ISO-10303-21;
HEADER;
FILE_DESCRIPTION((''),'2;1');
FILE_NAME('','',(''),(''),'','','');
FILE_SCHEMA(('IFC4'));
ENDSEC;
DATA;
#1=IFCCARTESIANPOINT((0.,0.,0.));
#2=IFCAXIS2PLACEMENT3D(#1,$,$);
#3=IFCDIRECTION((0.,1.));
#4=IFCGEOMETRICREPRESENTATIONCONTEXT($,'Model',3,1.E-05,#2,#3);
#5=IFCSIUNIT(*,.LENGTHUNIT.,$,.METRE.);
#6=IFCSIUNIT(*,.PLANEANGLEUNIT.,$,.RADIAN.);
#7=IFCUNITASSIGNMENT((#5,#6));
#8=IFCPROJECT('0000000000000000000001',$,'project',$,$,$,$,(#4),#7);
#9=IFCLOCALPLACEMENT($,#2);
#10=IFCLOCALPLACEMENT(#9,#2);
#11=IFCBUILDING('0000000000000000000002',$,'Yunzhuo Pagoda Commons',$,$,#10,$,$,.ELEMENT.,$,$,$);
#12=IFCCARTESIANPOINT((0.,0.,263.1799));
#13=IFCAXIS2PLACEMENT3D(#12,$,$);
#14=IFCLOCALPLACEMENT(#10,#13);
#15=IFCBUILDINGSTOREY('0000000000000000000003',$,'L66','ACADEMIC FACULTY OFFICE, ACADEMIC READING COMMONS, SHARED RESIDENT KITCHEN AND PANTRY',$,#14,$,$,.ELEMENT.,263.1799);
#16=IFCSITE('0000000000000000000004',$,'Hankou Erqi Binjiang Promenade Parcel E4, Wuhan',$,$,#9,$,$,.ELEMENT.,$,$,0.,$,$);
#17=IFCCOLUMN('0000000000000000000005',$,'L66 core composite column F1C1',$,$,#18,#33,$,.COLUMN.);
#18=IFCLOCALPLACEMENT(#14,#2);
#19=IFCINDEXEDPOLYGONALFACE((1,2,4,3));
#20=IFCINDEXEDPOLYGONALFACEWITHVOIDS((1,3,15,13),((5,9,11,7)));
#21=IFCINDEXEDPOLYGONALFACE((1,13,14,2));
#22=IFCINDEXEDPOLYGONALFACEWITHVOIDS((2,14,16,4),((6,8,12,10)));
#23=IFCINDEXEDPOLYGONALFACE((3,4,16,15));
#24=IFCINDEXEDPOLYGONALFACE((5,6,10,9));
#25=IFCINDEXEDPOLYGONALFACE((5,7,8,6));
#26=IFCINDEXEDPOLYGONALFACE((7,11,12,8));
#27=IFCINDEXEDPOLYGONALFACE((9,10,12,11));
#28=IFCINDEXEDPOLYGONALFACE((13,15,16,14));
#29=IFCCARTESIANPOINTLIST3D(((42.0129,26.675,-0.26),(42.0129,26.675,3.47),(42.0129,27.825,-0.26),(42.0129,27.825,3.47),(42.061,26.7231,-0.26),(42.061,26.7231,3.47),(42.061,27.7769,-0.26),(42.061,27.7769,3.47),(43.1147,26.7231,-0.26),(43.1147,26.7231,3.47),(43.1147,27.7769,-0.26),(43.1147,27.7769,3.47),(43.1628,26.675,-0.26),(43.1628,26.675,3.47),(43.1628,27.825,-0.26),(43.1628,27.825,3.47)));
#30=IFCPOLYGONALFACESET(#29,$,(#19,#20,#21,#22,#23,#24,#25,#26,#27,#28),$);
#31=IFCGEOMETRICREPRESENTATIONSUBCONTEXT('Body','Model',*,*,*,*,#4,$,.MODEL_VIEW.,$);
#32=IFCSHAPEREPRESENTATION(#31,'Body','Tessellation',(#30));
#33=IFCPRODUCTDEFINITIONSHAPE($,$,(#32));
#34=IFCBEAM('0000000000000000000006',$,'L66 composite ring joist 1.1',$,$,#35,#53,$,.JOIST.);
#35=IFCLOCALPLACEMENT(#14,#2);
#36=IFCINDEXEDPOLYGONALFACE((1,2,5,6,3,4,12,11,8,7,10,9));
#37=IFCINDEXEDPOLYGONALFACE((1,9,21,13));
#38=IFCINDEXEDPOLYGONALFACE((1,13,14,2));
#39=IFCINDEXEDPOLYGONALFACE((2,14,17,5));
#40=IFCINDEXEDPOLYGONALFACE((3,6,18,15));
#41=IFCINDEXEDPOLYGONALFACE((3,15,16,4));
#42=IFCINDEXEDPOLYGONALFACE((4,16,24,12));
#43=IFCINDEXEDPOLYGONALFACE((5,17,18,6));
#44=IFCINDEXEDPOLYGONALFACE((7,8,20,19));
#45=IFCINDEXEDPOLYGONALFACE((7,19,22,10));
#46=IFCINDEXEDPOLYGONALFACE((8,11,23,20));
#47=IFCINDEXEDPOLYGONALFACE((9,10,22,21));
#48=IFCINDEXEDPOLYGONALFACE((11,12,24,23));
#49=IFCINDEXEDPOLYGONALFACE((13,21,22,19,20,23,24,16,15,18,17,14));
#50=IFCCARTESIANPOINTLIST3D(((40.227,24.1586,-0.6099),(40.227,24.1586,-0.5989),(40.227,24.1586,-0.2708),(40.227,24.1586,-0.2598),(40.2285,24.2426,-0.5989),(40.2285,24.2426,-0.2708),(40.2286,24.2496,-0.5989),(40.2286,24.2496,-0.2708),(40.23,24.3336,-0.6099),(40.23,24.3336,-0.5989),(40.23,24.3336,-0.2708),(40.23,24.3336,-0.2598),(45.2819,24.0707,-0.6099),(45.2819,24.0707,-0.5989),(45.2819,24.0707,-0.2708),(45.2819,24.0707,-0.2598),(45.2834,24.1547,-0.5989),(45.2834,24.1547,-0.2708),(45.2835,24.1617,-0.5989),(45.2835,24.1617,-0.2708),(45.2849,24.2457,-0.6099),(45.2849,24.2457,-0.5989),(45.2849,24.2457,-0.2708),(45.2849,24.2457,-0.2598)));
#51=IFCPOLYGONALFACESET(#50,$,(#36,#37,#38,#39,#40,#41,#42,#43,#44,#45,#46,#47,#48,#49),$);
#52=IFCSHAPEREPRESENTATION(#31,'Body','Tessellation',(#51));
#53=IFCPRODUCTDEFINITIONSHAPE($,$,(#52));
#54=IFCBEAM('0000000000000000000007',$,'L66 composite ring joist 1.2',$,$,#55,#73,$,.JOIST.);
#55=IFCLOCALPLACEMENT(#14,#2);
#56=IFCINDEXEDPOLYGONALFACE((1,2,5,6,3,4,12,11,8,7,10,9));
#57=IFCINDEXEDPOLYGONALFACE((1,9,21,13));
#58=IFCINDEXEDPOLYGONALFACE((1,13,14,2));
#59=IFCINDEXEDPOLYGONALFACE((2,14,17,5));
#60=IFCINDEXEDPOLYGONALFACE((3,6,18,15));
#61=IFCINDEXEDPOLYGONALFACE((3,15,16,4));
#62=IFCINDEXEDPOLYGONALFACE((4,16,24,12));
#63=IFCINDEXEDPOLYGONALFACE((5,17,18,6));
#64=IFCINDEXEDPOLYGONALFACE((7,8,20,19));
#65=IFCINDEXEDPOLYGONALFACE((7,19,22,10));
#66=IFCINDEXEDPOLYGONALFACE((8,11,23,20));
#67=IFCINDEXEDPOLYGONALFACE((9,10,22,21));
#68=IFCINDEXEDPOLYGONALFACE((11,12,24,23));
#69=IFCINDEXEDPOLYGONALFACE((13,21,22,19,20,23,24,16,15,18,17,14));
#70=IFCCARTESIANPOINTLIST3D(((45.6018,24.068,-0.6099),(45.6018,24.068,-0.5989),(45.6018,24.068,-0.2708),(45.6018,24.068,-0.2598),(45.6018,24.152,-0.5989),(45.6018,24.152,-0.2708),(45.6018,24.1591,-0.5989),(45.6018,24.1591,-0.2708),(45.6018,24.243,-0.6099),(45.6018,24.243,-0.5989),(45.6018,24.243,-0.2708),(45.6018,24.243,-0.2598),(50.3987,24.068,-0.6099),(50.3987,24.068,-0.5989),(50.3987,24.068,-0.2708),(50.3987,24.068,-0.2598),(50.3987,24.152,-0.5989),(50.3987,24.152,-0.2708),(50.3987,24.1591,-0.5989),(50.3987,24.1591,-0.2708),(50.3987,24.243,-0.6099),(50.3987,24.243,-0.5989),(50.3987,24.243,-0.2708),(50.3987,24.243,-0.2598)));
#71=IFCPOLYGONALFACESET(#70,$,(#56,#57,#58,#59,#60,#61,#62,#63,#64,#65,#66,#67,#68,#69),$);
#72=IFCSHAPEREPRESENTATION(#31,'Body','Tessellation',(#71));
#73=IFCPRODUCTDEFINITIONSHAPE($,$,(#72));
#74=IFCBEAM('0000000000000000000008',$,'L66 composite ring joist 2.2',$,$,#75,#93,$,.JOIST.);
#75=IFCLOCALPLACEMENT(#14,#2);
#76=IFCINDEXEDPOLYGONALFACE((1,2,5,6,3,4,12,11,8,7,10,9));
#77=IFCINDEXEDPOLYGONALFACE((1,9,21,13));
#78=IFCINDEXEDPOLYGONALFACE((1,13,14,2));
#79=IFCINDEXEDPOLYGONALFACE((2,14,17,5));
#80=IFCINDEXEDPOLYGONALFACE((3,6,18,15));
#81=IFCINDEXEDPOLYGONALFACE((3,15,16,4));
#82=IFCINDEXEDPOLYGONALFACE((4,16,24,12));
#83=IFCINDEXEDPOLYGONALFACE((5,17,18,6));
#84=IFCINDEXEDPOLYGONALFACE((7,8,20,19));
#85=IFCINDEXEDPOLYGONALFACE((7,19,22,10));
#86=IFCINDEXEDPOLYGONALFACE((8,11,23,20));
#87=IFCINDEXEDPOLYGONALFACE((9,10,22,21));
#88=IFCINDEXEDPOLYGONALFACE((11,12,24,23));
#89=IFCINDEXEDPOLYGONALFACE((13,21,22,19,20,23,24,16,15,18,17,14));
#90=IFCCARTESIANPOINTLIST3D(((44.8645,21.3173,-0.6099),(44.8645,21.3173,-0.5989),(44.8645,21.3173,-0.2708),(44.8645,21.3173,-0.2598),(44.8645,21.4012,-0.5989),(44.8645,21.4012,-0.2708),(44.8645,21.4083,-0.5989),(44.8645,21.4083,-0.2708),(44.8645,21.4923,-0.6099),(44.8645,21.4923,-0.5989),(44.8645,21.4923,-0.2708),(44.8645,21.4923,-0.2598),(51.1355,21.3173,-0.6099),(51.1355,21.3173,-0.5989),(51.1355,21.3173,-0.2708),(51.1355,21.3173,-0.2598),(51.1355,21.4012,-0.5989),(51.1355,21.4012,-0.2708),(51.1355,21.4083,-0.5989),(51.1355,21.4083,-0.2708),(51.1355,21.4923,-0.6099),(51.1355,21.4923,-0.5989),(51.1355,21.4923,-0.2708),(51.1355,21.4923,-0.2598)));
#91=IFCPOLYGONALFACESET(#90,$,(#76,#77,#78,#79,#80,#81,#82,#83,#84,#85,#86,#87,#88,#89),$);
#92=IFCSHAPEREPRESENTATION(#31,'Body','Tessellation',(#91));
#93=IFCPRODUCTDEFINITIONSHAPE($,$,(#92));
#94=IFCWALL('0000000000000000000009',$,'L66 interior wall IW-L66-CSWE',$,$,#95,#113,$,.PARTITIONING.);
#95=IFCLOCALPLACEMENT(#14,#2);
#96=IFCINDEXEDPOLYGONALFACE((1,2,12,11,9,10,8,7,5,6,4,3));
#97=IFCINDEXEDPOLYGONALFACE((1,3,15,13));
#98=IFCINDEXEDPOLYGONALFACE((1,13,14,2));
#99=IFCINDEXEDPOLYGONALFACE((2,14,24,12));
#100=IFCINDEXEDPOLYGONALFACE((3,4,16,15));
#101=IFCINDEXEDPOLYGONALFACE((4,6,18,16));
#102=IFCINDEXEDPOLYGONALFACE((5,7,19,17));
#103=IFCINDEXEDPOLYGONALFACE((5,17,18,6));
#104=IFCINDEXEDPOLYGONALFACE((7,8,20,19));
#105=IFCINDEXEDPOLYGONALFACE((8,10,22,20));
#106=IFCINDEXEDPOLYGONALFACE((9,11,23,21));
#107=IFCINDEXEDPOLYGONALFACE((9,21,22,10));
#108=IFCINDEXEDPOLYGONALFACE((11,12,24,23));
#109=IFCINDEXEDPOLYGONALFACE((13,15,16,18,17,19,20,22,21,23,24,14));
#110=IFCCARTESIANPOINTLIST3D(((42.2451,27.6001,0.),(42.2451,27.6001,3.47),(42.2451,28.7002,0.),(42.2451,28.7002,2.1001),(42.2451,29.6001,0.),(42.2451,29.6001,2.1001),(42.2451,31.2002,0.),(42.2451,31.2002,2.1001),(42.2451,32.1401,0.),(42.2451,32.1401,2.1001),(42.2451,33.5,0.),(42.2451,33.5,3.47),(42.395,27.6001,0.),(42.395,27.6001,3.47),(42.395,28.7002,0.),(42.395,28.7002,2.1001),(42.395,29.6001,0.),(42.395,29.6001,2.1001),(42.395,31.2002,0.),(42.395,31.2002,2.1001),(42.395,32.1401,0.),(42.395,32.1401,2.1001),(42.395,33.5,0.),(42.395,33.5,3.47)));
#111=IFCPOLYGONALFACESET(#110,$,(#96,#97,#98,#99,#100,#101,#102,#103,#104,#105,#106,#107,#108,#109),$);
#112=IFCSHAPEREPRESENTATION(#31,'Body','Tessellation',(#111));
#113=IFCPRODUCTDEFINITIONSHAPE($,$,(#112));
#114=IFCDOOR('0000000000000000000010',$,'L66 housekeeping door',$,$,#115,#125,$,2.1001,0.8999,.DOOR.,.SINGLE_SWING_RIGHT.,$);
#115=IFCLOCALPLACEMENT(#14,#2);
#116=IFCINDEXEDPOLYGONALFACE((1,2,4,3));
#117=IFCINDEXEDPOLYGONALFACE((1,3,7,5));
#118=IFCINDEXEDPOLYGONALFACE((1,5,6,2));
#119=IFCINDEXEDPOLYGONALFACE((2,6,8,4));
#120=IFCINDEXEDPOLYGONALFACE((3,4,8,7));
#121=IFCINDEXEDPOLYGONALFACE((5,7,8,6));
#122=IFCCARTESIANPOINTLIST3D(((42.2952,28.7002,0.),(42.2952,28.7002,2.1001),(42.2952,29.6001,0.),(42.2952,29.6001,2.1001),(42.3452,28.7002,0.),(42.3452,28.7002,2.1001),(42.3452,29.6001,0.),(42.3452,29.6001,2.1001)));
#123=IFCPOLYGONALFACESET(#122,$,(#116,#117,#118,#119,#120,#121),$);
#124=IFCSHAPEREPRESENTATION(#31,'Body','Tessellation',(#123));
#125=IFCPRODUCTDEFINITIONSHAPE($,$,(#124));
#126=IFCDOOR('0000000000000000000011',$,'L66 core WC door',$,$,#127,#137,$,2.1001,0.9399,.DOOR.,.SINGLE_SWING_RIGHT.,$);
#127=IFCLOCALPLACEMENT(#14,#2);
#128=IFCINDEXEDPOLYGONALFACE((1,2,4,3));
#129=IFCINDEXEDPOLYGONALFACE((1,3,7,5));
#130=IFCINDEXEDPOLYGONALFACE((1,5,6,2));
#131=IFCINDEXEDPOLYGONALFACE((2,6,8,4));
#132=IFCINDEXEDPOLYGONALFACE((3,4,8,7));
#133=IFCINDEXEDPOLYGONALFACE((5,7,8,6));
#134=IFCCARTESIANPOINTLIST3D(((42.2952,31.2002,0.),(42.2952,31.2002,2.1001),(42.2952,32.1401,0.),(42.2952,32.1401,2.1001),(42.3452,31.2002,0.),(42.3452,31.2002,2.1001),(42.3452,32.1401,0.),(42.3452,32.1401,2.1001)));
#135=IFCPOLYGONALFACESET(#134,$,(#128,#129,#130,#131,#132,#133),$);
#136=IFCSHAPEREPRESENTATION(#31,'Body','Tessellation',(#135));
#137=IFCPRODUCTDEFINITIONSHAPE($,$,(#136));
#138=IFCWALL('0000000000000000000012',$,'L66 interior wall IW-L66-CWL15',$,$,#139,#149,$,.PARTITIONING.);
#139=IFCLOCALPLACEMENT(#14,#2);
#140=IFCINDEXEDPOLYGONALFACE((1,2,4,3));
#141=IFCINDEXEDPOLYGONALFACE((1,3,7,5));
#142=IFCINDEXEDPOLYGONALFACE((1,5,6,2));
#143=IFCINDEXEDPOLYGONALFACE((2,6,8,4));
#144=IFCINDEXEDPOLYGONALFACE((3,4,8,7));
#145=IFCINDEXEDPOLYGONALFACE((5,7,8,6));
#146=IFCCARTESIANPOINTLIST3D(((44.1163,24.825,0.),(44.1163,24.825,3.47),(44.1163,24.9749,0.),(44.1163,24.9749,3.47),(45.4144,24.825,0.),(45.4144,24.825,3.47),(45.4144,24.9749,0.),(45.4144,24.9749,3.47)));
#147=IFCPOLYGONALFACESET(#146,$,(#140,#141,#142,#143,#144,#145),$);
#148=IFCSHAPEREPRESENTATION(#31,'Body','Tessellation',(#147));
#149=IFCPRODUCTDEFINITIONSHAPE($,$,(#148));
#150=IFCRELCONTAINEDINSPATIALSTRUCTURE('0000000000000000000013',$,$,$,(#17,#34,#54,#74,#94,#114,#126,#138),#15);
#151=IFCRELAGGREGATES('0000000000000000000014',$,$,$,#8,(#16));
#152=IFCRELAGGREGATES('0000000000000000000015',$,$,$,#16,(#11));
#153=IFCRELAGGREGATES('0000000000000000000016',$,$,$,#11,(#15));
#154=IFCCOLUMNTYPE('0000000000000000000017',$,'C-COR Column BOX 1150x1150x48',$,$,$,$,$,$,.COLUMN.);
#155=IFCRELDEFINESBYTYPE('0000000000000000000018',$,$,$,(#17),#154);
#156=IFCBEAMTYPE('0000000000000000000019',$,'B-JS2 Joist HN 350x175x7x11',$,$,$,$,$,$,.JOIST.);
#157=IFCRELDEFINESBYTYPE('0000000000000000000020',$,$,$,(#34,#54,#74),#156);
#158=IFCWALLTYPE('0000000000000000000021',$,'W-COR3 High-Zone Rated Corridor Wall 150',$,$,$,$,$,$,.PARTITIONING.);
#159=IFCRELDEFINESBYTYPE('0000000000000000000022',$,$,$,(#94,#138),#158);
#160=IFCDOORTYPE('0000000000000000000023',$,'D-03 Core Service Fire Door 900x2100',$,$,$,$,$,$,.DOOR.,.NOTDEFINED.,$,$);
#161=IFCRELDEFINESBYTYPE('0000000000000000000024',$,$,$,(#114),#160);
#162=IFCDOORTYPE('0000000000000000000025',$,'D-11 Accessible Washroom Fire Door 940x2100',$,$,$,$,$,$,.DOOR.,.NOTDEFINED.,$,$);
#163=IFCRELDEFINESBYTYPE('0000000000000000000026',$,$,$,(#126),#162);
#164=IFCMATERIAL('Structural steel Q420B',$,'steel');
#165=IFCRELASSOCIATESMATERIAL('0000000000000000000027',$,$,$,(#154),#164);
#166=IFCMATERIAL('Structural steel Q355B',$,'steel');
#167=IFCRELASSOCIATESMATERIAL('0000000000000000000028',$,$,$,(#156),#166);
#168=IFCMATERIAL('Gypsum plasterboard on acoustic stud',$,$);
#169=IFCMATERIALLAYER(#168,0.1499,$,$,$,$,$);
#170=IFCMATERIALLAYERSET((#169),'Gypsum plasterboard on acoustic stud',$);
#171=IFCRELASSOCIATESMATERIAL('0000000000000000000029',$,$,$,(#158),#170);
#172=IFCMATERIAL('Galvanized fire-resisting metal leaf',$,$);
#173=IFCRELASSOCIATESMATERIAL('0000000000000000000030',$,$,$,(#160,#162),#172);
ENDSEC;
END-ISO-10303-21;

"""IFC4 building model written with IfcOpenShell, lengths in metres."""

from ifc_helpers import new_model, si_unit, direction, frame, frame_2d, origin, origin_with_axes, origin_2d, place, context, subcontext, project, spatial, rectangle, hollow_rectangle, i_section, extrude, source, transform, mapped, material, layer, layer_set, material_profile, profile_set, type_object, element, fill, save


model = new_model("IFC4")

# Units and contexts
model_context = context("Model", 3, precision=1e-05, world=origin(), true_north=direction((0.0, 1.0)))
body_context = subcontext(model_context, "Body", "Model", "MODEL_VIEW")
ifc_project = project(units=[si_unit("LENGTHUNIT", "METRE"), si_unit("PLANEANGLEUNIT", "RADIAN")], contexts=[model_context])

# Site, building, storey
site_placement = place(None, origin())
site = spatial("IfcSite", under=ifc_project, at=site_placement, Name="Hankou Erqi Binjiang Promenade Parcel E4, Wuhan", CompositionType="ELEMENT", RefElevation=0.0)
building_placement = place(site_placement, origin())
building = spatial("IfcBuilding", under=site, at=building_placement, Name="Yunzhuo Pagoda Commons", CompositionType="ELEMENT")
storey_placement = place(building_placement, frame((0.0, 0.0, 263.1799)))
storey = spatial("IfcBuildingStorey", under=building, at=storey_placement, Name="L66", Description="ACADEMIC FACULTY OFFICE, ACADEMIC READING COMMONS, SHARED RESIDENT KITCHEN AND PANTRY", CompositionType="ELEMENT", Elevation=263.1799)

# Column
ifc_material_1 = material(Name="Structural steel Q420B", Category="steel")
ifc_material_profile_1 = material_profile(ifc_material_1, hollow_rectangle(XDim=1.1499, YDim=1.1499, WallThickness=0.0481, at=origin_2d()), Name="Structural steel Q420B")
ifc_profile_set_1 = profile_set([ifc_material_profile_1], Name="Structural steel Q420B")
column_type = type_object("IfcColumnType", Name="C-COR Column BOX 1150x1150x48", PredefinedType="COLUMN", material=ifc_profile_set_1)
shared_shape_1 = source(origin(), body_context, "Body", "SweptSolid", [
    extrude(hollow_rectangle(XDim=1.1499, YDim=1.1499, WallThickness=0.0481, at=origin_2d()), origin(), (0.0, 0.0, 1.0), 3.73),
])
column_placement = place(storey_placement, frame((42.5879, 27.25, -0.26), z_axis=(0.0, 0.0, 1.0), x_axis=(1.0, 0.0, 0.0)))
element("IfcColumn", 1, at=column_placement, inside=storey, type_object=column_type, Name="L66 core composite column F1C1", PredefinedType="COLUMN", context=body_context, shape_type="MappedRepresentation", body=[
    mapped(shared_shape_1, transform((0.0, 0.0, 0.0), scale=1.0)),
])

# Beams
ifc_material_2 = material(Name="Structural steel Q355B", Category="steel")
ifc_material_profile_2 = material_profile(ifc_material_2, i_section(OverallWidth=0.175, OverallDepth=0.3501, WebThickness=0.0071, FlangeThickness=0.011, at=origin_2d()), Name="Structural steel Q355B")
ifc_profile_set_2 = profile_set([ifc_material_profile_2], Name="Structural steel Q355B")
beam_type = type_object("IfcBeamType", Name="B-JS2 Joist HN 350x175x7x11", PredefinedType="JOIST", material=ifc_profile_set_2)
shared_shape_2 = source(origin(), body_context, "Body", "SweptSolid", [
    extrude(i_section(OverallWidth=0.175, OverallDepth=0.3501, WebThickness=0.0071, FlangeThickness=0.011, at=origin_2d()), origin(), (0.0, 0.0, 1.0), 5.0557),
])
beam_1_placement = place(storey_placement, frame((40.2285, 24.2461, -0.4348), z_axis=(0.999849, -0.017384, 0.0), x_axis=(0.017384, 0.999849, 0.0)))
element("IfcBeam", 2, at=beam_1_placement, inside=storey, type_object=beam_type, Name="L66 composite ring joist 1.1", PredefinedType="JOIST", context=body_context, shape_type="MappedRepresentation", body=[
    mapped(shared_shape_2, transform((0.0, 0.0, 0.0), scale=1.0)),
])
shared_shape_3 = source(origin(), body_context, "Body", "SweptSolid", [
    extrude(i_section(OverallWidth=0.175, OverallDepth=0.3501, WebThickness=0.0071, FlangeThickness=0.011, at=origin_2d()), origin(), (0.0, 0.0, 1.0), 4.7969),
])
beam_2_placement = place(storey_placement, frame((45.6018, 24.1555, -0.4348), z_axis=(1.0, 0.0, 0.0), x_axis=(0.0, 1.0, 0.0)))
element("IfcBeam", 3, at=beam_2_placement, inside=storey, type_object=beam_type, Name="L66 composite ring joist 1.2", PredefinedType="JOIST", context=body_context, shape_type="MappedRepresentation", body=[
    mapped(shared_shape_3, transform((0.0, 0.0, 0.0), scale=1.0)),
])
shared_shape_4 = source(origin(), body_context, "Body", "SweptSolid", [
    extrude(i_section(OverallWidth=0.175, OverallDepth=0.3501, WebThickness=0.0071, FlangeThickness=0.011, at=origin_2d()), origin(), (0.0, 0.0, 1.0), 6.271),
])
beam_3_placement = place(storey_placement, frame((44.8645, 21.4048, -0.4348), z_axis=(1.0, 0.0, 0.0), x_axis=(0.0, 1.0, 0.0)))
element("IfcBeam", 4, at=beam_3_placement, inside=storey, type_object=beam_type, Name="L66 composite ring joist 2.2", PredefinedType="JOIST", context=body_context, shape_type="MappedRepresentation", body=[
    mapped(shared_shape_4, transform((0.0, 0.0, 0.0), scale=1.0)),
])

# Wall, openings, doors
ifc_material_3 = material(Name="Gypsum plasterboard on acoustic stud")
ifc_layer_1 = layer(ifc_material_3, 0.1499)
ifc_layer_set_1 = layer_set([ifc_layer_1], Name="Gypsum plasterboard on acoustic stud")
wall_type_1 = type_object("IfcWallType", Name="W-COR3 High-Zone Rated Corridor Wall 150", PredefinedType="PARTITIONING", material=ifc_layer_set_1)
wall_1_placement = place(storey_placement, frame((42.3201, 27.6001, 0.0), z_axis=(0.0, 0.0, 1.0), x_axis=(0.0, 1.0, 0.0)))
wall_1 = element("IfcWall", 5, at=wall_1_placement, inside=storey, type_object=wall_type_1, Name="L66 interior wall IW-L66-CSWE", PredefinedType="PARTITIONING", context=body_context, shape_type="SweptSolid", body=[
    extrude(rectangle(XDim=5.8999, YDim=0.1499, at=frame_2d((2.95, 0.0))), origin(), (0.0, 0.0, 1.0), 3.47),
])
opening_1_placement = place(wall_1_placement, frame((1.1001, 0.0, 0.0)))
opening_1 = element("IfcOpeningElement", 6, at=opening_1_placement, cuts=wall_1, PredefinedType="OPENING", context=body_context, shape_type="SweptSolid", body=[
    extrude(rectangle(XDim=0.8999, YDim=2.1001, at=frame_2d((0.45, 1.05))), frame((0.0, 0.085, 0.0), z_axis=(0.0, -1.0, 0.0), x_axis=(1.0, 0.0, 0.0)), (0.0, 0.0, 1.0), 0.1699),
])
opening_2_placement = place(wall_1_placement, frame((3.6001, 0.0, 0.0)))
opening_2 = element("IfcOpeningElement", 7, at=opening_2_placement, cuts=wall_1, PredefinedType="OPENING", context=body_context, shape_type="SweptSolid", body=[
    extrude(rectangle(XDim=0.9399, YDim=2.1001, at=frame_2d((0.47, 1.05))), frame((0.0, 0.085, 0.0), z_axis=(0.0, -1.0, 0.0), x_axis=(1.0, 0.0, 0.0)), (0.0, 0.0, 1.0), 0.1699),
])
ifc_material_4 = material(Name="Galvanized fire-resisting metal leaf")
door_type_1 = type_object("IfcDoorType", Name="D-03 Core Service Fire Door 900x2100", OperationType="NOTDEFINED", PredefinedType="DOOR", material=ifc_material_4)
shared_shape_5 = source(origin(), body_context, "Body", "SweptSolid", [
    extrude(rectangle(XDim=0.8999, YDim=2.1001, at=frame_2d((0.45, 1.05))), frame((0.0, 0.0249, 0.0), z_axis=(0.0, -1.0, 0.0), x_axis=(1.0, 0.0, 0.0)), (0.0, 0.0, 1.0), 0.05),
])
door_1_placement = place(opening_1_placement, origin_with_axes())
door_1 = element("IfcDoor", 8, at=door_1_placement, inside=storey, type_object=door_type_1, Name="L66 housekeeping door", OperationType="SINGLE_SWING_RIGHT", OverallHeight=2.1001, OverallWidth=0.8999, PredefinedType="DOOR", context=body_context, shape_type="MappedRepresentation", body=[
    mapped(shared_shape_5, transform((0.0, 0.0, 0.0), scale=1.0)),
])
fill(opening_1, door_1)
door_type_2 = type_object("IfcDoorType", Name="D-11 Accessible Washroom Fire Door 940x2100", OperationType="NOTDEFINED", PredefinedType="DOOR", material=ifc_material_4)
shared_shape_6 = source(origin(), body_context, "Body", "SweptSolid", [
    extrude(rectangle(XDim=0.9399, YDim=2.1001, at=frame_2d((0.47, 1.05))), frame((0.0, 0.0249, 0.0), z_axis=(0.0, -1.0, 0.0), x_axis=(1.0, 0.0, 0.0)), (0.0, 0.0, 1.0), 0.05),
])
door_2_placement = place(opening_2_placement, origin_with_axes())
door_2 = element("IfcDoor", 9, at=door_2_placement, inside=storey, type_object=door_type_2, Name="L66 core WC door", OperationType="SINGLE_SWING_RIGHT", OverallHeight=2.1001, OverallWidth=0.9399, PredefinedType="DOOR", context=body_context, shape_type="MappedRepresentation", body=[
    mapped(shared_shape_6, transform((0.0, 0.0, 0.0), scale=1.0)),
])
fill(opening_2, door_2)

# Wall
wall_2_placement = place(storey_placement, frame((45.4143, 24.8999, 0.0), z_axis=(0.0, 0.0, 1.0), x_axis=(-1.0, 0.0, 0.0)))
element("IfcWall", 10, at=wall_2_placement, inside=storey, type_object=wall_type_1, Name="L66 interior wall IW-L66-CWL15", PredefinedType="PARTITIONING", context=body_context, shape_type="SweptSolid", body=[
    extrude(rectangle(XDim=1.2981, YDim=0.1499, at=frame_2d((0.6489, 0.0))), origin(), (0.0, 0.0, 1.0), 3.47),
])

save(model, "model.ifc")
